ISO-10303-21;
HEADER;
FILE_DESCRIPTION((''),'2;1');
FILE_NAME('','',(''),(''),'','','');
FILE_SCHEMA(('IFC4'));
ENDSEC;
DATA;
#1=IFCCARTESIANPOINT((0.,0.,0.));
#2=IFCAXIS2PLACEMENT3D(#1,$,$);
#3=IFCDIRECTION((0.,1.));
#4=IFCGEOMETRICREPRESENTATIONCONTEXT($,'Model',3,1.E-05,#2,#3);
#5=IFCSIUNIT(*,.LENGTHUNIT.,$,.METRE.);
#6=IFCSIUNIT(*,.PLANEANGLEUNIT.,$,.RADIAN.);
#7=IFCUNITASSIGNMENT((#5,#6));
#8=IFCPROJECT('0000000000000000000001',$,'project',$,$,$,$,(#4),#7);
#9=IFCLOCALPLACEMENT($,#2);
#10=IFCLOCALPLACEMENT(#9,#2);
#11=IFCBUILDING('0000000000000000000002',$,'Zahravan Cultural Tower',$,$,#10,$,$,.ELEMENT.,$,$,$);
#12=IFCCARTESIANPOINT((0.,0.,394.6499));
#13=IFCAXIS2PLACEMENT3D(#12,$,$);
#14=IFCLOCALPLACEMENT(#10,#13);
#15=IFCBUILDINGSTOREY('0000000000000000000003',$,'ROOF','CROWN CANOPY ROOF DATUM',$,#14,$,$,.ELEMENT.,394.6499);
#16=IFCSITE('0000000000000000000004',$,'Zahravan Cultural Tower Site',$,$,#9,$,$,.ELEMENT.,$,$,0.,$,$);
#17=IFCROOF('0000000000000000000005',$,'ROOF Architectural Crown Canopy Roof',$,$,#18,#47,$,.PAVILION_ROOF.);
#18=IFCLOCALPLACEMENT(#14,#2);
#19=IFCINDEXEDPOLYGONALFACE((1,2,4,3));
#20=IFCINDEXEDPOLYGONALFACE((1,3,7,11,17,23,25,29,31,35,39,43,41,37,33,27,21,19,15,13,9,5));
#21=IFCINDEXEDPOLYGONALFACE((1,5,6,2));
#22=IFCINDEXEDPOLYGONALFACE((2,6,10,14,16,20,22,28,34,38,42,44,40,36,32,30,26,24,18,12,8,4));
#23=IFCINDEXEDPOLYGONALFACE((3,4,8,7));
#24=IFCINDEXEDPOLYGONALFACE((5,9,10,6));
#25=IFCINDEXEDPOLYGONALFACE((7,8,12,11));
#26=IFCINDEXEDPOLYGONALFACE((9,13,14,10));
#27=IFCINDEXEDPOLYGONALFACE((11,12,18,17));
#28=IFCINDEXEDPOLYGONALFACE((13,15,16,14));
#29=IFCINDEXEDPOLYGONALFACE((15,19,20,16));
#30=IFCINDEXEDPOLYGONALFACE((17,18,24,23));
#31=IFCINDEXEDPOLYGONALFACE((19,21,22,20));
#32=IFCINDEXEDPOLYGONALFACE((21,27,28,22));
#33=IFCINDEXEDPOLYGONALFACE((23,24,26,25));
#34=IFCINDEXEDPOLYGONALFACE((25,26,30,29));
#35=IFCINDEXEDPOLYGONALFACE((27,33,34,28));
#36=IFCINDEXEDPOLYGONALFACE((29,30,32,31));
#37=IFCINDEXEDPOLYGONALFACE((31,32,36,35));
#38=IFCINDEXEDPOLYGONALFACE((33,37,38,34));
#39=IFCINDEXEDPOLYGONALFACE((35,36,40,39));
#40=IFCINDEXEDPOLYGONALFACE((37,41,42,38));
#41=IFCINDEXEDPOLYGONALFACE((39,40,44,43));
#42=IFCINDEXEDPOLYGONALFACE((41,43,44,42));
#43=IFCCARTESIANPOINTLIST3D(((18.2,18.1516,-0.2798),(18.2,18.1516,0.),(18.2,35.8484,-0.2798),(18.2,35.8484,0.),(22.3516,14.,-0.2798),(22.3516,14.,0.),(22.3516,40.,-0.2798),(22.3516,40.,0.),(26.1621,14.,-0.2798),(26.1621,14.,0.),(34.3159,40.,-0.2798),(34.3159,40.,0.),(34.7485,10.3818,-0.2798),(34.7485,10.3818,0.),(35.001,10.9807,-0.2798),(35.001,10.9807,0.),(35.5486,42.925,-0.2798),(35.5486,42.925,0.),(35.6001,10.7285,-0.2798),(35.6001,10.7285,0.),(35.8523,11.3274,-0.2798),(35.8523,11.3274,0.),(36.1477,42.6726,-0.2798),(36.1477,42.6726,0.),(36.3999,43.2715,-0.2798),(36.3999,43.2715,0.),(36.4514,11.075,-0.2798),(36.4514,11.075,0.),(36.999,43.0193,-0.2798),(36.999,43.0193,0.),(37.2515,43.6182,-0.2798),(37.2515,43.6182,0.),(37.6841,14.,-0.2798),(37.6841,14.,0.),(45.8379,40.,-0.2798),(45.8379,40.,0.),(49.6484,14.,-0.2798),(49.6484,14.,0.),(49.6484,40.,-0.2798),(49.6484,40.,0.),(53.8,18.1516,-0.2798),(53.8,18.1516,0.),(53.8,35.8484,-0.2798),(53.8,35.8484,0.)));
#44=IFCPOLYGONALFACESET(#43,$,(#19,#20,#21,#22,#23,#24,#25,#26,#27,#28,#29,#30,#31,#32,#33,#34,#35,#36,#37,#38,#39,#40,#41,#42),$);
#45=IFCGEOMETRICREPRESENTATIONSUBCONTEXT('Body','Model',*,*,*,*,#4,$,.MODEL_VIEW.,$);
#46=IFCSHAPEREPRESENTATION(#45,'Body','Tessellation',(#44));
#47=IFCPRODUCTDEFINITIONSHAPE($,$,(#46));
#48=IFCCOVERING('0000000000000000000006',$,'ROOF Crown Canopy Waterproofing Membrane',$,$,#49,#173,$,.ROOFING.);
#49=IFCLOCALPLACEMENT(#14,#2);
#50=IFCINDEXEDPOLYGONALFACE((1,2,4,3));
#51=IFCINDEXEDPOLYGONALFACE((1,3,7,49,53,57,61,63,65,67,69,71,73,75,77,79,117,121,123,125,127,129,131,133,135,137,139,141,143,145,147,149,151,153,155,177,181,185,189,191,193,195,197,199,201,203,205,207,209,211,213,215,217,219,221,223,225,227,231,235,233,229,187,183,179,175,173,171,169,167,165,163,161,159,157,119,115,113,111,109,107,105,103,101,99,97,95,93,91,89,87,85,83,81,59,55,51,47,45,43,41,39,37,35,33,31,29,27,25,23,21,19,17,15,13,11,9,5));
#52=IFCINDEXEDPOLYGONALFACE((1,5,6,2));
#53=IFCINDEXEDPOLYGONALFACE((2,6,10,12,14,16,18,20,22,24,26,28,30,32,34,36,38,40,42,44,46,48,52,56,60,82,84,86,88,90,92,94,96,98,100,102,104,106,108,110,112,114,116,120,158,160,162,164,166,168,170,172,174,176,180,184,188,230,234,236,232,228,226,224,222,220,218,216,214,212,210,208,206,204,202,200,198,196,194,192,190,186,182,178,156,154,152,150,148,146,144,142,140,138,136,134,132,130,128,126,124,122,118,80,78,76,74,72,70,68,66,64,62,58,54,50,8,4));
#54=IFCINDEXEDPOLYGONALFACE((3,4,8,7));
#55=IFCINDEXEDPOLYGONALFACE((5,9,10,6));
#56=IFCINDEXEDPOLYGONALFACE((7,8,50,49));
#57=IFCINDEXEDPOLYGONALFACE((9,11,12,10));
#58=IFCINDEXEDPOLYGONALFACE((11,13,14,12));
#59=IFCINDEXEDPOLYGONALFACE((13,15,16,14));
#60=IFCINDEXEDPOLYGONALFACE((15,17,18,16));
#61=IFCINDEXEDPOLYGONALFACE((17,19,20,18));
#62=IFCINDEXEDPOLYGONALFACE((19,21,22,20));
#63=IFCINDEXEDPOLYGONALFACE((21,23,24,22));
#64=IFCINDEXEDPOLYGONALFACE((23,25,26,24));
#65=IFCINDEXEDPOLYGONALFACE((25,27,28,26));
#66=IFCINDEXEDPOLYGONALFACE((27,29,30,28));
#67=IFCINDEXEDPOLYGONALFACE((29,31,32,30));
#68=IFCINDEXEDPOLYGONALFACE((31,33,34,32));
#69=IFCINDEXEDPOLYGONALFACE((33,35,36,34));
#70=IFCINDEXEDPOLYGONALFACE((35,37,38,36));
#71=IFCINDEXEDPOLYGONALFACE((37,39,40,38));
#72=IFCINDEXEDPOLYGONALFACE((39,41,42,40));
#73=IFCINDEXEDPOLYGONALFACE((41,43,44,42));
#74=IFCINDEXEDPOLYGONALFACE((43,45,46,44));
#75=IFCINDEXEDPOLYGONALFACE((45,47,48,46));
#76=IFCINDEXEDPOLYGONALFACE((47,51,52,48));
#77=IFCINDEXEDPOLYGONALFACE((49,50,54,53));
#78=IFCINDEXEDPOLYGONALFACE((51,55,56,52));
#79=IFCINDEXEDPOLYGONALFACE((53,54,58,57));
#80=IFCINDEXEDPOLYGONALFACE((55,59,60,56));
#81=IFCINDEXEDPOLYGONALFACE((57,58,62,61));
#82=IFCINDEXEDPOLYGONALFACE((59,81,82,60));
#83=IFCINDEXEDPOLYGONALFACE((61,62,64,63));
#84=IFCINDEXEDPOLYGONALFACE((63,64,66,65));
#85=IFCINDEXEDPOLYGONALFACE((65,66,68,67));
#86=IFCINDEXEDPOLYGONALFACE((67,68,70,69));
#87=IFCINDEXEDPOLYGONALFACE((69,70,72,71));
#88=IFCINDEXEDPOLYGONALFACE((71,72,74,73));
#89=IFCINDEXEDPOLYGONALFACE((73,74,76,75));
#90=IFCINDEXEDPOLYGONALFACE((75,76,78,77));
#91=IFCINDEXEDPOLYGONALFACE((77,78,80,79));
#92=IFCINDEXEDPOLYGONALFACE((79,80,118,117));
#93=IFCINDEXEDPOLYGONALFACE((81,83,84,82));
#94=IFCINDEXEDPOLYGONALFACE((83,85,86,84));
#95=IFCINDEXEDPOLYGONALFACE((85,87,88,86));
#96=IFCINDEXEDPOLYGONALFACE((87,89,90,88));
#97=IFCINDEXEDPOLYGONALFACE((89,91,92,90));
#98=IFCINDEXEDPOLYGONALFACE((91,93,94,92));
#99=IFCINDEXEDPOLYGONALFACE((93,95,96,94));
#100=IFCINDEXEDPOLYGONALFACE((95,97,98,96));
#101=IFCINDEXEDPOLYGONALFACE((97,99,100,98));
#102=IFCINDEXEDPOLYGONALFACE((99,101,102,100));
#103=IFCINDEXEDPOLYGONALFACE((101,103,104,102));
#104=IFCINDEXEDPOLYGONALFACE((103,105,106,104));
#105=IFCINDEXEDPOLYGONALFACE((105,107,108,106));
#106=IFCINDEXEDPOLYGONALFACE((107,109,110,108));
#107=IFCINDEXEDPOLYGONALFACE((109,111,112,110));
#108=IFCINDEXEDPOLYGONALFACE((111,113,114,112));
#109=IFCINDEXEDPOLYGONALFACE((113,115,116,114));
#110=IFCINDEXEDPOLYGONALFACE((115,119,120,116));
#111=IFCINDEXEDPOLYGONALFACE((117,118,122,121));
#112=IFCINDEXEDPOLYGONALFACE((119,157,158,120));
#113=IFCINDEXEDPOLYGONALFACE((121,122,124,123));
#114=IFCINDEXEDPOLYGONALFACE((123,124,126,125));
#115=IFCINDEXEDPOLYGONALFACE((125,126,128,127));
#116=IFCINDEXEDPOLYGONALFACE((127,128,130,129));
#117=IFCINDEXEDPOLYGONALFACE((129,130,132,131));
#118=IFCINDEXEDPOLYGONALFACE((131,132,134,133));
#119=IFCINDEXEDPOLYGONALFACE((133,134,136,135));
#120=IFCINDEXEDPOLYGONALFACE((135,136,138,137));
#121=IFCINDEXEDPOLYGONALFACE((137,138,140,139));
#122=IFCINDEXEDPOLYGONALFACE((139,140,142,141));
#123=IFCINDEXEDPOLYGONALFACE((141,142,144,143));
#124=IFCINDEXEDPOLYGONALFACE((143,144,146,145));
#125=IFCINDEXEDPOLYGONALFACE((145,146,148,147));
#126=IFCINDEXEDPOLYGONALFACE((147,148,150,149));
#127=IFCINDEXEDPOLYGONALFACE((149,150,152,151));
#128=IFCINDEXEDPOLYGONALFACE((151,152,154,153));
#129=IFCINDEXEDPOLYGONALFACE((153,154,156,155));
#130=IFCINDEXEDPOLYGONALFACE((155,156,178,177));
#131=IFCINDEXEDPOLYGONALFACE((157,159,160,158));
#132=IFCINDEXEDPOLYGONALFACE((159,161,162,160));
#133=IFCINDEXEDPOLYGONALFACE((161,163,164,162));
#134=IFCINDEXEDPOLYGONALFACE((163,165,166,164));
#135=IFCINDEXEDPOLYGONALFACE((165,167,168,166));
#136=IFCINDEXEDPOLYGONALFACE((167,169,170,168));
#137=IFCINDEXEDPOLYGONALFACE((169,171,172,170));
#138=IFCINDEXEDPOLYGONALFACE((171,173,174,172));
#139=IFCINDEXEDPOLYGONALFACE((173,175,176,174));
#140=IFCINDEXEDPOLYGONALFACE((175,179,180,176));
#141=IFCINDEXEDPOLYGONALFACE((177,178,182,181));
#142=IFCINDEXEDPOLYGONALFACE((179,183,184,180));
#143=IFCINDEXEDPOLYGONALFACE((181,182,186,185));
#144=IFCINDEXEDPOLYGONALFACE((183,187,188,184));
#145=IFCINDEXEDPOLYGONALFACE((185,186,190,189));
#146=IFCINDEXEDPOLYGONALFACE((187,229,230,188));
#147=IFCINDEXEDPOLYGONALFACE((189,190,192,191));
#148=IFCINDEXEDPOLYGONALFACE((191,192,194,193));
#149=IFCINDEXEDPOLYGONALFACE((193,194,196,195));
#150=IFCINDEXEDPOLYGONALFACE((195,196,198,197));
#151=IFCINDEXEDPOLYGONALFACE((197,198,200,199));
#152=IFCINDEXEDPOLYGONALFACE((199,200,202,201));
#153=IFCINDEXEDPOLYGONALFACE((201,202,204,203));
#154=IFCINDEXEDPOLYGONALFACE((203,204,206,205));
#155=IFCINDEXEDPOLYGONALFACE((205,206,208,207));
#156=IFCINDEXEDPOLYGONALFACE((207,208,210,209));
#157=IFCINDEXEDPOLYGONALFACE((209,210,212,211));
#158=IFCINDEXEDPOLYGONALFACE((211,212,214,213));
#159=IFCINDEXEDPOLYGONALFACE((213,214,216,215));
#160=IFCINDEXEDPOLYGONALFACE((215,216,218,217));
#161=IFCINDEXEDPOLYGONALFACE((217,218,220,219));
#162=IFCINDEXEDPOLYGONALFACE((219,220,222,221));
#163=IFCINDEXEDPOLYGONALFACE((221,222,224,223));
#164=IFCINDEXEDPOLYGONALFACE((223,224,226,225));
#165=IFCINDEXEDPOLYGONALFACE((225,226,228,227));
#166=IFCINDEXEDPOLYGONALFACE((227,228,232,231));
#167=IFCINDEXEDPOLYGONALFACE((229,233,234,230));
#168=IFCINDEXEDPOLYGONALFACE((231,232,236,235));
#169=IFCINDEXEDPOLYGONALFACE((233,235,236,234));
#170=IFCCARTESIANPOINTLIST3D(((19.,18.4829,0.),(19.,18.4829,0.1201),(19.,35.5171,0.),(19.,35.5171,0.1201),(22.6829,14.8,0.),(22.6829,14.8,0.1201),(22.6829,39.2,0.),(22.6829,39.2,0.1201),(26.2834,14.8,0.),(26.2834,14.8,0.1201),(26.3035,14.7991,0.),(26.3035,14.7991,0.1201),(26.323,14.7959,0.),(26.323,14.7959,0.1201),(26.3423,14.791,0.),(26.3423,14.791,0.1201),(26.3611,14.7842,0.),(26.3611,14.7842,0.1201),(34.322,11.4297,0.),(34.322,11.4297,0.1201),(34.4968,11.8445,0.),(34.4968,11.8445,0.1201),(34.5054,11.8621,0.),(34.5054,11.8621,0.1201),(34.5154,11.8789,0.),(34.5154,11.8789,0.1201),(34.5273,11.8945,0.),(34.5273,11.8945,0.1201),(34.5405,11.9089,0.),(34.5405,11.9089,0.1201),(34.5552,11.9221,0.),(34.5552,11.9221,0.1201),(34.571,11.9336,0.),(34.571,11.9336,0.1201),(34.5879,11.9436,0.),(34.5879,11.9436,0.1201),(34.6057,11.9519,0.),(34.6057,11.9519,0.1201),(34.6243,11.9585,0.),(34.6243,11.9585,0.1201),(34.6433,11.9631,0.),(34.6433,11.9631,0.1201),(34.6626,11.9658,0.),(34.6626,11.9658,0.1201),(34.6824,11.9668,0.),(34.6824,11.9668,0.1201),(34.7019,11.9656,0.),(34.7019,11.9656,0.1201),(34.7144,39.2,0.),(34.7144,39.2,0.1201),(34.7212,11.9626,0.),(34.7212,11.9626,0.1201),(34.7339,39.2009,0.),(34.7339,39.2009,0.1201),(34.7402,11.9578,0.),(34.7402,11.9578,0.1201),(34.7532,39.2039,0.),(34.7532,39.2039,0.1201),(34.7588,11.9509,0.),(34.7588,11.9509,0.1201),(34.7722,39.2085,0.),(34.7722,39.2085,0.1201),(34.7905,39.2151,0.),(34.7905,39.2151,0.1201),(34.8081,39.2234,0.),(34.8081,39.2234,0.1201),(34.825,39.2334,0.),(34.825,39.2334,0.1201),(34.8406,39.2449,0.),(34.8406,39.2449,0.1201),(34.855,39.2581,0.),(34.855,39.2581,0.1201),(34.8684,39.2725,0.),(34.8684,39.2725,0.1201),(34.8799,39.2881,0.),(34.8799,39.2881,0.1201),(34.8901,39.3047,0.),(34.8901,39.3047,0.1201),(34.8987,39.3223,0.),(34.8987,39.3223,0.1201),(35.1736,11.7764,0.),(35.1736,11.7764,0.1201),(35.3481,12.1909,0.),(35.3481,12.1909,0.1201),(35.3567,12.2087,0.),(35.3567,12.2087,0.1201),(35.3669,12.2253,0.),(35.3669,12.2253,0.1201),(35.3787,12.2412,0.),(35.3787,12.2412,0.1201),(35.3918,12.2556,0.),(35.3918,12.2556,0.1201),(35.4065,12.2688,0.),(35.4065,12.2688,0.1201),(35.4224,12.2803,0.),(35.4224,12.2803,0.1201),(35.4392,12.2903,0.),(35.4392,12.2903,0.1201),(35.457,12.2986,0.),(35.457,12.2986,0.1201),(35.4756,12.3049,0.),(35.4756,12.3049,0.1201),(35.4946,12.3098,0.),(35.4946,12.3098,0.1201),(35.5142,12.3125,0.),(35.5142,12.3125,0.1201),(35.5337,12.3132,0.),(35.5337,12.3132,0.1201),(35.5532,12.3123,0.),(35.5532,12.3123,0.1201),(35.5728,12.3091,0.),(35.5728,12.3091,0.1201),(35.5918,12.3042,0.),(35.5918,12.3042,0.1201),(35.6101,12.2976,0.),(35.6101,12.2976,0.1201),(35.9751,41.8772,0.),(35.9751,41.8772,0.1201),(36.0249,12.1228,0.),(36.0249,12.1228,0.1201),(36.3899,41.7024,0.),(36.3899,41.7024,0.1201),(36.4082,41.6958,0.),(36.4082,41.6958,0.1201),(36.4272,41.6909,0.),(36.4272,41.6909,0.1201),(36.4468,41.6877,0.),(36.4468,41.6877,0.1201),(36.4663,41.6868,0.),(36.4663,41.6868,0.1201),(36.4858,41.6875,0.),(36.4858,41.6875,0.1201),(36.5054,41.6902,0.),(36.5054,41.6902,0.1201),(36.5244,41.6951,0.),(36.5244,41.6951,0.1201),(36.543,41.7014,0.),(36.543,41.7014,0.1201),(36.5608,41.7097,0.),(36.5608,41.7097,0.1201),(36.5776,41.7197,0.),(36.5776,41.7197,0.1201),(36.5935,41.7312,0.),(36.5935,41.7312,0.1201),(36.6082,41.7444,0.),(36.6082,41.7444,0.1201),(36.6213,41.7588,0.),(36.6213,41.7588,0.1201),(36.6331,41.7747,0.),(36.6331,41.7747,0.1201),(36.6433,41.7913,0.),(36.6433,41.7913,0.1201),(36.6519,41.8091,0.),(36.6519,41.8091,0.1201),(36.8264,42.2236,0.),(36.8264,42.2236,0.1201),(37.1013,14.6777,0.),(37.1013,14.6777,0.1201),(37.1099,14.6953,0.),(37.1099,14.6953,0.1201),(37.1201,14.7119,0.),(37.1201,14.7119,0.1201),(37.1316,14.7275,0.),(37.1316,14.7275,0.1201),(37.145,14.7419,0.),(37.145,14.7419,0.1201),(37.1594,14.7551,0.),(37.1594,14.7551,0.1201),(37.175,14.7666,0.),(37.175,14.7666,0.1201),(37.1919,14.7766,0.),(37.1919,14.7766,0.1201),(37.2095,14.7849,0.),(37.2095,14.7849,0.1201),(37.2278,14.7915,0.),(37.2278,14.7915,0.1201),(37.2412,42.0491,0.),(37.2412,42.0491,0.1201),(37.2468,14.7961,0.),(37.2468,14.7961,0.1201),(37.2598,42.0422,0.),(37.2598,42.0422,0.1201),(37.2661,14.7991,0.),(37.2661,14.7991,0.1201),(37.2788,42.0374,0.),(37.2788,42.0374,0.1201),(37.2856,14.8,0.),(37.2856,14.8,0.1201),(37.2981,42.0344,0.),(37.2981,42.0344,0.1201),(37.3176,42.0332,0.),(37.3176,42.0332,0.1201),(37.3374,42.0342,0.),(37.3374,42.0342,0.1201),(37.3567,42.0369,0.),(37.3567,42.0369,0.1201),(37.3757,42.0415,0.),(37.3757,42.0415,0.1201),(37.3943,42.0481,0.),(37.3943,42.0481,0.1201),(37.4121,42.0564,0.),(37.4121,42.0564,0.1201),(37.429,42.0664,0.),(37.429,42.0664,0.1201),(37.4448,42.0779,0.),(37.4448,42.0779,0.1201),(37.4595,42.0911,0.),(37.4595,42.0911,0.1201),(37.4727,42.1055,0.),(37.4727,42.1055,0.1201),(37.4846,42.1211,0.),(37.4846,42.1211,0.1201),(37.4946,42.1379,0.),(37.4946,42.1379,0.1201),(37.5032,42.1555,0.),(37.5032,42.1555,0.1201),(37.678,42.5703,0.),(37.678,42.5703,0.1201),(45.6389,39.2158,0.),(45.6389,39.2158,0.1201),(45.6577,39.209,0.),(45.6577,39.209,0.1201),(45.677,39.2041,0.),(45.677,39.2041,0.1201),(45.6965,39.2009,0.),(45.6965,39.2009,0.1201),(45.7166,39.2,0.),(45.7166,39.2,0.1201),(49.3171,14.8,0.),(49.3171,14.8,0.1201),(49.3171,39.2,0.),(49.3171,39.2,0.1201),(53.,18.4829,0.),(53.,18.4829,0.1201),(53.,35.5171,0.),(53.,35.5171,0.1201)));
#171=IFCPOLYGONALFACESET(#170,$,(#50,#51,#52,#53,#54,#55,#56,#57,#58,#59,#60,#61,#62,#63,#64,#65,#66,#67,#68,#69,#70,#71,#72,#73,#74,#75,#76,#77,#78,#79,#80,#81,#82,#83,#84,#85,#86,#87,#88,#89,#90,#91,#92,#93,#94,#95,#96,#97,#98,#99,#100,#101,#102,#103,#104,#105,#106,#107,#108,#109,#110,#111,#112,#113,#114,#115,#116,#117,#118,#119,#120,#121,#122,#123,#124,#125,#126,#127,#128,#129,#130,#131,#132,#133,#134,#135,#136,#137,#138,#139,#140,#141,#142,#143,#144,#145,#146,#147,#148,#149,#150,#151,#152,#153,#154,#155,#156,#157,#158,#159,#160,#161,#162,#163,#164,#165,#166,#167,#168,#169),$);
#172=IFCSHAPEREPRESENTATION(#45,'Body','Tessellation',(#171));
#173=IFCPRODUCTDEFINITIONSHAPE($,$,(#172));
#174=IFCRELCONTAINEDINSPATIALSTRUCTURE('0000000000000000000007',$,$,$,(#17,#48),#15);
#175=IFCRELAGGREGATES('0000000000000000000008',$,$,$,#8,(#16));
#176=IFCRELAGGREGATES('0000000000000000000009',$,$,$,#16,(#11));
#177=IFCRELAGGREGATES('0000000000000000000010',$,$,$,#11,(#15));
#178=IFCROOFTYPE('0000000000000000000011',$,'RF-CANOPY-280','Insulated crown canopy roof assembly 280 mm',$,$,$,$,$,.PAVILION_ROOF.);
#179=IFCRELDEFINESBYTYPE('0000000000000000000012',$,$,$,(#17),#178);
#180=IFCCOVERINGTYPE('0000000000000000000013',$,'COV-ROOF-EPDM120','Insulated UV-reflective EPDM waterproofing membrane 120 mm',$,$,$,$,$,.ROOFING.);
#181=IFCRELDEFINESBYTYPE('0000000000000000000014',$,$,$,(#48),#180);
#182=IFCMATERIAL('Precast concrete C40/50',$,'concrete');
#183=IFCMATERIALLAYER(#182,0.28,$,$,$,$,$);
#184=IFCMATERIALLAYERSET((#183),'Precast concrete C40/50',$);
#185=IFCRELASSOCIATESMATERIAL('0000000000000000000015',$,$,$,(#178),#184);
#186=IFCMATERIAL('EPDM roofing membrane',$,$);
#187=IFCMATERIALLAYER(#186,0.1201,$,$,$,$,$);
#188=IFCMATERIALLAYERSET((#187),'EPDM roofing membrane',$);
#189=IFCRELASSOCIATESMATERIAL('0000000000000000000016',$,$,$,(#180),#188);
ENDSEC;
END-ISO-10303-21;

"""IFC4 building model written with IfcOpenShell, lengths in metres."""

from ifc_helpers import new_model, si_unit, direction, frame, origin, place, context, subcontext, project, spatial, polyline, outline, extrude, material, layer, layer_set, type_object, element, save


model = new_model("IFC4")

# Units and contexts
model_context = context("Model", 3, precision=1e-05, world=origin(), true_north=direction((0.0, 1.0)))
body_context = subcontext(model_context, "Body", "Model", "MODEL_VIEW")
ifc_project = project(units=[si_unit("LENGTHUNIT", "METRE"), si_unit("PLANEANGLEUNIT", "RADIAN")], contexts=[model_context])

# Site, building, storey
site_placement = place(None, origin())
site = spatial("IfcSite", under=ifc_project, at=site_placement, Name="Zahravan Cultural Tower Site", CompositionType="ELEMENT", RefElevation=0.0)
building_placement = place(site_placement, origin())
building = spatial("IfcBuilding", under=site, at=building_placement, Name="Zahravan Cultural Tower", CompositionType="ELEMENT")
storey_placement = place(building_placement, frame((0.0, 0.0, 394.6499)))
storey = spatial("IfcBuildingStorey", under=building, at=storey_placement, Name="ROOF", Description="CROWN CANOPY ROOF DATUM", CompositionType="ELEMENT", Elevation=394.6499)

# Roof
ifc_material_1 = material(Name="Precast concrete C40/50", Category="concrete")
ifc_layer_1 = layer(ifc_material_1, 0.28)
ifc_layer_set_1 = layer_set([ifc_layer_1], Name="Precast concrete C40/50")
roof_type = type_object("IfcRoofType", Name="RF-CANOPY-280", Description="Insulated crown canopy roof assembly 280 mm", PredefinedType="PAVILION_ROOF", material=ifc_layer_set_1)
roof_placement = place(storey_placement, frame((0.0, 0.0, -0.2798)))
element("IfcRoof", 1, at=roof_placement, inside=storey, type_object=roof_type, Name="ROOF Architectural Crown Canopy Roof", PredefinedType="PAVILION_ROOF", context=body_context, shape_type="SweptSolid", body=[
    extrude(outline(polyline([(22.3516, 40.0), (18.2, 35.8484), (18.2, 18.1516), (22.3516, 14.0), (26.1621, 14.0), (34.7485, 10.3818), (35.001, 10.9807), (35.6001, 10.7285), (35.8523, 11.3274), (36.4514, 11.075), (37.6841, 14.0), (49.6484, 14.0), (53.8, 18.1516), (53.8, 35.8484), (49.6484, 40.0), (45.8379, 40.0), (37.2515, 43.6182), (36.999, 43.0193), (36.3999, 43.2715), (36.1477, 42.6726), (35.5486, 42.925), (34.3159, 40.0), (22.3516, 40.0)])), origin(), (0.0, 0.0, 1.0), 0.2798),
])

# Covering
ifc_material_2 = material(Name="EPDM roofing membrane")
ifc_layer_2 = layer(ifc_material_2, 0.1201)
ifc_layer_set_2 = layer_set([ifc_layer_2], Name="EPDM roofing membrane")
covering_type = type_object("IfcCoveringType", Name="COV-ROOF-EPDM120", Description="Insulated UV-reflective EPDM waterproofing membrane 120 mm", PredefinedType="ROOFING", material=ifc_layer_set_2)
covering_placement = place(storey_placement, origin())
element("IfcCovering", 2, at=covering_placement, inside=storey, type_object=covering_type, Name="ROOF Crown Canopy Waterproofing Membrane", PredefinedType="ROOFING", context=body_context, shape_type="SweptSolid", body=[
    extrude(outline(polyline([(34.8901, 39.3047), (34.8799, 39.2881), (34.8684, 39.2725), (34.855, 39.2581), (34.8406, 39.2449), (34.825, 39.2334), (34.8081, 39.2234), (34.7905, 39.2151), (34.7722, 39.2085), (34.7532, 39.2039), (34.7339, 39.2009), (34.7144, 39.2), (22.6829, 39.2), (19.0, 35.5171), (19.0, 18.4829), (22.6829, 14.8), (26.2834, 14.8), (26.3035, 14.7991), (26.323, 14.7959), (26.3423, 14.791), (26.3611, 14.7842), (34.322, 11.4297), (34.4968, 11.8445), (34.5054, 11.8621), (34.5154, 11.8789), (34.5273, 11.8945), (34.5405, 11.9089), (34.5552, 11.9221), (34.571, 11.9336), (34.5879, 11.9436), (34.6057, 11.9519), (34.6243, 11.9585), (34.6433, 11.9631), (34.6626, 11.9658), (34.6824, 11.9668), (34.7019, 11.9656), (34.7212, 11.9626), (34.7402, 11.9578), (34.7588, 11.9509), (35.1736, 11.7764), (35.3481, 12.1909), (35.3567, 12.2087), (35.3669, 12.2253), (35.3787, 12.2412), (35.3918, 12.2556), (35.4065, 12.2688), (35.4224, 12.2803), (35.4392, 12.2903), (35.457, 12.2986), (35.4756, 12.3049), (35.4946, 12.3098), (35.5142, 12.3125), (35.5337, 12.3132), (35.5532, 12.3123), (35.5728, 12.3091), (35.5918, 12.3042), (35.6101, 12.2976), (36.0249, 12.1228), (37.1013, 14.6777), (37.1099, 14.6953), (37.1201, 14.7119), (37.1316, 14.7275), (37.145, 14.7419), (37.1594, 14.7551), (37.175, 14.7666), (37.1919, 14.7766), (37.2095, 14.7849), (37.2278, 14.7915), (37.2468, 14.7961), (37.2661, 14.7991), (37.2856, 14.8), (49.3171, 14.8), (53.0, 18.4829), (53.0, 35.5171), (49.3171, 39.2), (45.7166, 39.2), (45.6965, 39.2009), (45.677, 39.2041), (45.6577, 39.209), (45.6389, 39.2158), (37.678, 42.5703), (37.5032, 42.1555), (37.4946, 42.1379), (37.4846, 42.1211), (37.4727, 42.1055), (37.4595, 42.0911), (37.4448, 42.0779), (37.429, 42.0664), (37.4121, 42.0564), (37.3943, 42.0481), (37.3757, 42.0415), (37.3567, 42.0369), (37.3374, 42.0342), (37.3176, 42.0332), (37.2981, 42.0344), (37.2788, 42.0374), (37.2598, 42.0422), (37.2412, 42.0491), (36.8264, 42.2236), (36.6519, 41.8091), (36.6433, 41.7913), (36.6331, 41.7747), (36.6213, 41.7588), (36.6082, 41.7444), (36.5935, 41.7312), (36.5776, 41.7197), (36.5608, 41.7097), (36.543, 41.7014), (36.5244, 41.6951), (36.5054, 41.6902), (36.4858, 41.6875), (36.4663, 41.6868), (36.4468, 41.6877), (36.4272, 41.6909), (36.4082, 41.6958), (36.3899, 41.7024), (35.9751, 41.8772), (34.8987, 39.3223), (34.8901, 39.3047)])), origin(), (0.0, 0.0, 1.0), 0.1201),
])

save(model, "model.ifc")
